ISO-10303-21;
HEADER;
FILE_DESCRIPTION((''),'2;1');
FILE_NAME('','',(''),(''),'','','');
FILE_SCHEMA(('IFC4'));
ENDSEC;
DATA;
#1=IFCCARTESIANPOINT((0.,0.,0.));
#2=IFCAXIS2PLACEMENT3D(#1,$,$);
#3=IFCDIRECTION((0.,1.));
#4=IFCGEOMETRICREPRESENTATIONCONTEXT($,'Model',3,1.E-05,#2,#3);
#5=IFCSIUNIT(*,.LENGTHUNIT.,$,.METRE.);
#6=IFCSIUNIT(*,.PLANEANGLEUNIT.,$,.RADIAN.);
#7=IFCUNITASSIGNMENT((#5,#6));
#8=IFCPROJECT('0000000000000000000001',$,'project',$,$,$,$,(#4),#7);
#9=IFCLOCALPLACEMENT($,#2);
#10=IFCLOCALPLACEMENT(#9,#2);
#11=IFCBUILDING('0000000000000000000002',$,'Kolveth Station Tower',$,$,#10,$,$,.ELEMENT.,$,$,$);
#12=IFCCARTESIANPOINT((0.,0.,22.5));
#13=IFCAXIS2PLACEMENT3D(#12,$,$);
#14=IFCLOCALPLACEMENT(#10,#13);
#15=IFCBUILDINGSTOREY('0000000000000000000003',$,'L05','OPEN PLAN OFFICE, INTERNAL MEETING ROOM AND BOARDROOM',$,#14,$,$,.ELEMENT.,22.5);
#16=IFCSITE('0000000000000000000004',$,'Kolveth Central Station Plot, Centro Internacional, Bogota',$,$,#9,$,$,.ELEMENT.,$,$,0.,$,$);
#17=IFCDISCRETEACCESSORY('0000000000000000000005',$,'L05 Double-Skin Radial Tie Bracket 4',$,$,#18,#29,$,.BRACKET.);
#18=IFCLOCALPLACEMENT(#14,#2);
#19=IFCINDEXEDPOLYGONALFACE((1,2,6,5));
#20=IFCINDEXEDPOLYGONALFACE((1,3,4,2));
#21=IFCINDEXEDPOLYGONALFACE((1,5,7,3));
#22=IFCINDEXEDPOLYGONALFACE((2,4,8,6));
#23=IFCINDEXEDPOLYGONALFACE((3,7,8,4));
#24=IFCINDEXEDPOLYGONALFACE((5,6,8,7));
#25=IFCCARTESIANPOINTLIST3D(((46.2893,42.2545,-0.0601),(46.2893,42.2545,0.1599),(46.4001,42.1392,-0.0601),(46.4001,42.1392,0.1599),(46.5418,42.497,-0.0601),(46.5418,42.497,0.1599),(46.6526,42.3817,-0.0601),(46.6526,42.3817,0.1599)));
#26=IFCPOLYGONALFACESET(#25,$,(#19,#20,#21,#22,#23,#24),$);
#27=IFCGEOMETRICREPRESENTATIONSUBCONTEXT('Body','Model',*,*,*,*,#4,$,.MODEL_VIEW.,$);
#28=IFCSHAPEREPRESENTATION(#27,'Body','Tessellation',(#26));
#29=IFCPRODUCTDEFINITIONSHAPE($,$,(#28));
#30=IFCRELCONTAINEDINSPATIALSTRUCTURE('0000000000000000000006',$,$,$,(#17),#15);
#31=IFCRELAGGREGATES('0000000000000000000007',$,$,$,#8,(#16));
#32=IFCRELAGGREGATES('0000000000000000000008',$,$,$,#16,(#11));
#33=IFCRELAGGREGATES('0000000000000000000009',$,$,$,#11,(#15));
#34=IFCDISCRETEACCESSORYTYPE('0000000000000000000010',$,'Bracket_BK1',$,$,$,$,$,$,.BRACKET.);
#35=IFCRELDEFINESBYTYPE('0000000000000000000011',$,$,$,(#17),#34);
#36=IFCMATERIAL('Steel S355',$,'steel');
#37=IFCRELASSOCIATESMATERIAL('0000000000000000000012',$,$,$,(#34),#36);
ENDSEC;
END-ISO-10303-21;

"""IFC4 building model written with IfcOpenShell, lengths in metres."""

from ifc_helpers import new_model, si_unit, direction, frame, origin, origin_2d, place, context, subcontext, project, spatial, rectangle, extrude, source, transform, mapped, material, type_object, element, save


model = new_model("IFC4")

# Units and contexts
model_context = context("Model", 3, precision=1e-05, world=origin(), true_north=direction((0.0, 1.0)))
body_context = subcontext(model_context, "Body", "Model", "MODEL_VIEW")
ifc_project = project(units=[si_unit("LENGTHUNIT", "METRE"), si_unit("PLANEANGLEUNIT", "RADIAN")], contexts=[model_context])

# Site, building, storey
site_placement = place(None, origin())
site = spatial("IfcSite", under=ifc_project, at=site_placement, Name="Kolveth Central Station Plot, Centro Internacional, Bogota", CompositionType="ELEMENT", RefElevation=0.0)
building_placement = place(site_placement, origin())
building = spatial("IfcBuilding", under=site, at=building_placement, Name="Kolveth Station Tower", CompositionType="ELEMENT")
storey_placement = place(building_placement, frame((0.0, 0.0, 22.5)))
storey = spatial("IfcBuildingStorey", under=building, at=storey_placement, Name="L05", Description="OPEN PLAN OFFICE, INTERNAL MEETING ROOM AND BOARDROOM", CompositionType="ELEMENT", Elevation=22.5)

# Shared definitions
ifc_material_1 = material(Name="Steel S355", Category="steel")

# Discrete accessory
discrete_accessory_type = type_object("IfcDiscreteAccessoryType", Name="Bracket_BK1", PredefinedType="BRACKET", material=ifc_material_1)
shared_shape_1 = source(origin(), body_context, "Body", "SweptSolid", [
    extrude(rectangle(XDim=0.3501, YDim=0.1599, at=origin_2d()), origin(), (0.0, 0.0, 1.0), 0.22),
])
discrete_accessory_placement = place(storey_placement, frame((46.4709, 42.3181, -0.0601), z_axis=(0.0, 0.0, 1.0), x_axis=(0.721156, 0.692773, 0.0)))
element("IfcDiscreteAccessory", 1, at=discrete_accessory_placement, inside=storey, type_object=discrete_accessory_type, Name="L05 Double-Skin Radial Tie Bracket 4", PredefinedType="BRACKET", context=body_context, shape_type="MappedRepresentation", body=[
    mapped(shared_shape_1, transform((0.0, 0.0, 0.0), x_axis=(1.0, 0.0, 0.0), y_axis=(0.0, 1.0, 0.0), z_axis=(0.0, 0.0, 1.0), scale=1.0)),
])

save(model, "model.ifc")
